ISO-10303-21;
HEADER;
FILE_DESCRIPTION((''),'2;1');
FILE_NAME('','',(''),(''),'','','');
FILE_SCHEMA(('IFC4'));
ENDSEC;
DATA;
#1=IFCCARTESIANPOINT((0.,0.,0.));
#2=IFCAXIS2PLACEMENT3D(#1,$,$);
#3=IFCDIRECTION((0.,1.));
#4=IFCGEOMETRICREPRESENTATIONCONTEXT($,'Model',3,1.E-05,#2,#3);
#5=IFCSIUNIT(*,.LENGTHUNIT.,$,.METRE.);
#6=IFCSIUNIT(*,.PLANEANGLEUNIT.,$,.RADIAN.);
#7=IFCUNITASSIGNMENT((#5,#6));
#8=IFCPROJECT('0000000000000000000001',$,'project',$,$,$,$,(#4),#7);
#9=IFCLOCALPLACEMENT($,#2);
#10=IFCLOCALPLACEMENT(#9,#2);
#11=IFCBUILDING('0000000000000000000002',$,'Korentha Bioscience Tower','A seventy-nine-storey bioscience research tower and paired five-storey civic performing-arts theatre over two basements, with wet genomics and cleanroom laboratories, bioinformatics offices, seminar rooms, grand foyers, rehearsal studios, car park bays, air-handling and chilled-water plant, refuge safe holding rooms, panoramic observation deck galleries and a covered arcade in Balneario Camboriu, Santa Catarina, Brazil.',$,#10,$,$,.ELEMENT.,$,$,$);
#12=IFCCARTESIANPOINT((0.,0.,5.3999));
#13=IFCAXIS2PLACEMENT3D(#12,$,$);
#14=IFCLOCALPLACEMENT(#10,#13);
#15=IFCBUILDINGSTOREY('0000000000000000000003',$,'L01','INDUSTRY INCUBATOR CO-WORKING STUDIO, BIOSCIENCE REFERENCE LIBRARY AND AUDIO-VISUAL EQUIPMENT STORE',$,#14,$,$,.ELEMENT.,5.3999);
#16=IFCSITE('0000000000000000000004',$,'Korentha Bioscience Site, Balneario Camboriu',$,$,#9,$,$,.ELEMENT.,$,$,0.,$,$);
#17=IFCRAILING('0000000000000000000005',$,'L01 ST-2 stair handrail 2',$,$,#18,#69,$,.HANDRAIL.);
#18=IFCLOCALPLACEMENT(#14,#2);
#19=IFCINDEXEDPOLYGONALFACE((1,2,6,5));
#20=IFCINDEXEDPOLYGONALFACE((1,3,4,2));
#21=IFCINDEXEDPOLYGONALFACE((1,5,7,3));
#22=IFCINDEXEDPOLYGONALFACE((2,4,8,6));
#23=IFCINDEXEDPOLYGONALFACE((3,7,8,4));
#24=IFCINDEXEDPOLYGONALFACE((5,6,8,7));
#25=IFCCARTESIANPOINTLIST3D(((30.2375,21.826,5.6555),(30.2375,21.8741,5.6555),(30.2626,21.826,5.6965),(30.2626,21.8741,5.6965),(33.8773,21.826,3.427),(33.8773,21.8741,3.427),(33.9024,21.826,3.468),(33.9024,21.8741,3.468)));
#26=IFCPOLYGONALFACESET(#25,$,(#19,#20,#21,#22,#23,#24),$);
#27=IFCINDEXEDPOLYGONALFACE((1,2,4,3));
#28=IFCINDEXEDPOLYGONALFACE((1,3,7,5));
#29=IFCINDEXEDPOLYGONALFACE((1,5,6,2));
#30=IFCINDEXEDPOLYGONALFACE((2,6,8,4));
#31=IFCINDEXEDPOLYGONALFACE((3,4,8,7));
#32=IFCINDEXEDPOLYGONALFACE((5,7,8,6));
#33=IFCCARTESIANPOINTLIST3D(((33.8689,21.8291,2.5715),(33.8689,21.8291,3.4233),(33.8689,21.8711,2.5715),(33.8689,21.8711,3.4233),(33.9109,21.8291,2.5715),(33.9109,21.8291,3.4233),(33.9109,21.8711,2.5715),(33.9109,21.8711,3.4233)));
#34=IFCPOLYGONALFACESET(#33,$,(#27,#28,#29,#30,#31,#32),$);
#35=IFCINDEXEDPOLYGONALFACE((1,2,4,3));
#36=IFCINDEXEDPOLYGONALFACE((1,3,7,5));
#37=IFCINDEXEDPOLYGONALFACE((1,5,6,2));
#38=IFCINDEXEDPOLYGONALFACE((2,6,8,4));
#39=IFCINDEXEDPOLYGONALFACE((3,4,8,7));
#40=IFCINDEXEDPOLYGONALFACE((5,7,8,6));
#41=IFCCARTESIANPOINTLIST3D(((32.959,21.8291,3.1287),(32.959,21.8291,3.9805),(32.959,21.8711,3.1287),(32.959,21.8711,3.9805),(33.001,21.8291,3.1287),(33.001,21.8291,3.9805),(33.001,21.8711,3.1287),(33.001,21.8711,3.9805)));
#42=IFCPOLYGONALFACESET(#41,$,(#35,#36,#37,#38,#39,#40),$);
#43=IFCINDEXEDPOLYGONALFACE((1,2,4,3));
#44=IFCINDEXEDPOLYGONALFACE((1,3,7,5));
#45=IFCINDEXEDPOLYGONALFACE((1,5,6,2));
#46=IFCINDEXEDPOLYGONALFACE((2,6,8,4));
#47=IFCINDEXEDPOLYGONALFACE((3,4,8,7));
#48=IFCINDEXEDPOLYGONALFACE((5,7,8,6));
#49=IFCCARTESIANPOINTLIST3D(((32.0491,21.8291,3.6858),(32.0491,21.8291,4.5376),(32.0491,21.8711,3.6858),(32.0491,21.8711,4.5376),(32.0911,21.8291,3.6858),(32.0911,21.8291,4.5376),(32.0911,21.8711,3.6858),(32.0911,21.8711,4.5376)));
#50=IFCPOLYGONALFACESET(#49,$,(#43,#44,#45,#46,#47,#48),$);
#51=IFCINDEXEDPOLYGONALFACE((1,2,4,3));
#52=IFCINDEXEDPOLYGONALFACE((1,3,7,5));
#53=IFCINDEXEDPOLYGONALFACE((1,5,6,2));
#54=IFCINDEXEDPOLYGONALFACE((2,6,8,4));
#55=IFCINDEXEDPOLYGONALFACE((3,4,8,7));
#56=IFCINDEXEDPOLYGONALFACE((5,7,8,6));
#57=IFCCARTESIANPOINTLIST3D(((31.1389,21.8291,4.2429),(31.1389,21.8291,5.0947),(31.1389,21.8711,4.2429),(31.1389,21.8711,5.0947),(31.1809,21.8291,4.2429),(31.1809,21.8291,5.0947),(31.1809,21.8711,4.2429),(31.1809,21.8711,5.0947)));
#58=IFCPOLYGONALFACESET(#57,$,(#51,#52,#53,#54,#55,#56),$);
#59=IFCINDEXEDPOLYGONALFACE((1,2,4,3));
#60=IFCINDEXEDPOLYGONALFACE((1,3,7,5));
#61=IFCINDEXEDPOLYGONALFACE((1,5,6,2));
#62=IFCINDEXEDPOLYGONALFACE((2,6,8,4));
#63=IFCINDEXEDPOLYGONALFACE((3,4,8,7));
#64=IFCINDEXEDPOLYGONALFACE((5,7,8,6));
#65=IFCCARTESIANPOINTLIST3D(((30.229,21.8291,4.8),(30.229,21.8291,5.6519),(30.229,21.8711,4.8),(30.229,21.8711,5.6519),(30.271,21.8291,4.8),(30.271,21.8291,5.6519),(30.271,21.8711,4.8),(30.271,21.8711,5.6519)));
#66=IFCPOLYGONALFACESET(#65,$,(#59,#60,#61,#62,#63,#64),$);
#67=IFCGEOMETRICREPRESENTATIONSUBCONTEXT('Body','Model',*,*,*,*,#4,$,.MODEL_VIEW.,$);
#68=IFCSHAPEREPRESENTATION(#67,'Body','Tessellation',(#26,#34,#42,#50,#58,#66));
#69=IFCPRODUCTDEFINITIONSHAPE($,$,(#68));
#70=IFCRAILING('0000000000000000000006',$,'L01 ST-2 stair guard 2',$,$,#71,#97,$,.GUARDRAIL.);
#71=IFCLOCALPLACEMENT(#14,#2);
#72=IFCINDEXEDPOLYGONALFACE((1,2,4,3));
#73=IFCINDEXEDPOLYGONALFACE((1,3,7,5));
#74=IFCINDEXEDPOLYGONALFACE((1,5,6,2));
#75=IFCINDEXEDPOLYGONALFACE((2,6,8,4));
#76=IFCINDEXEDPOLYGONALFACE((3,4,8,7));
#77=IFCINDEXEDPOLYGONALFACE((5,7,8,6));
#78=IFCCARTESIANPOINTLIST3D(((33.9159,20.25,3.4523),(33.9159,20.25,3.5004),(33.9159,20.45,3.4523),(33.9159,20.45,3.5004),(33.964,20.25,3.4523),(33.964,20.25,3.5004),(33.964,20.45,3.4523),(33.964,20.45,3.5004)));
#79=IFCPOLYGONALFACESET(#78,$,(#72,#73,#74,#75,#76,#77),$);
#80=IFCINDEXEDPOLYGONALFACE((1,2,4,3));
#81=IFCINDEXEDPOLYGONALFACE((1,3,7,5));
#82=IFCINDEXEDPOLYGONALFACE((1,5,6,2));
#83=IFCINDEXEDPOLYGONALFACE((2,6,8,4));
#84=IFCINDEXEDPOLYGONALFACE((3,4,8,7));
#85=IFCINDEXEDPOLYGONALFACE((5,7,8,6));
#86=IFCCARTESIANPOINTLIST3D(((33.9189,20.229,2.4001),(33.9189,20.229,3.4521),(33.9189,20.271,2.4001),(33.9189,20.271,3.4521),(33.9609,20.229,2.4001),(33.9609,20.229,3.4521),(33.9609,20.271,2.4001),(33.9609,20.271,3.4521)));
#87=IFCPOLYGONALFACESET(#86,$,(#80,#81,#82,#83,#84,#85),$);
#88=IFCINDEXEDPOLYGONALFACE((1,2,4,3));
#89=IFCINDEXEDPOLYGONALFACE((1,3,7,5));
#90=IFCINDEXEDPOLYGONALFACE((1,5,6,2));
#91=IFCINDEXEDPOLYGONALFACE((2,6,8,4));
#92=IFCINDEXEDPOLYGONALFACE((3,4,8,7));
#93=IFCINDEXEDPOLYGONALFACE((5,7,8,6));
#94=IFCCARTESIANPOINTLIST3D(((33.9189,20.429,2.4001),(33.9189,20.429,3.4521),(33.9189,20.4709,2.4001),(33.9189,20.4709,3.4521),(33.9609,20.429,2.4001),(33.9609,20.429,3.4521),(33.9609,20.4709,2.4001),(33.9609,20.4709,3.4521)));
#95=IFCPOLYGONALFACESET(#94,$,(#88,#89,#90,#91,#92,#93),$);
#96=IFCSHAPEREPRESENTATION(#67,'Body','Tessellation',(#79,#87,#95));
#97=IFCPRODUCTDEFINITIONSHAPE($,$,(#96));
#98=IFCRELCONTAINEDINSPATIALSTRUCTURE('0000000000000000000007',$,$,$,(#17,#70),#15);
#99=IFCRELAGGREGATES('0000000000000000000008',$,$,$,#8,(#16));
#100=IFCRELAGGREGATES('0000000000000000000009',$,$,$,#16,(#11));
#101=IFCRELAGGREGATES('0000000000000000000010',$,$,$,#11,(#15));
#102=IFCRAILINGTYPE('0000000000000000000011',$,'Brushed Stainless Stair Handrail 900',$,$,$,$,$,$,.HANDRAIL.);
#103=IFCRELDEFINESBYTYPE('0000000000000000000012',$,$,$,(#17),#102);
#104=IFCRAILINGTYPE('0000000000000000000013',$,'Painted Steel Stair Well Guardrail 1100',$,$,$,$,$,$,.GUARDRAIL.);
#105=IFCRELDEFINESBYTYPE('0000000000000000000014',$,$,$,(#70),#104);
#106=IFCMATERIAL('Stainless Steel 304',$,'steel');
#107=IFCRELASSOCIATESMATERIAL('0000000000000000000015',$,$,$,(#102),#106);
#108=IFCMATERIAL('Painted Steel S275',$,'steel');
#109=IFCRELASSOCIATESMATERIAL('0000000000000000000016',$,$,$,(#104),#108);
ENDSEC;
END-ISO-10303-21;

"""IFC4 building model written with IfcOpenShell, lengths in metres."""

from ifc_helpers import new_model, si_unit, direction, frame, origin, origin_2d, place, context, subcontext, project, spatial, rectangle, extrude, material, type_object, element, save


model = new_model("IFC4")

# Units and contexts
model_context = context("Model", 3, precision=1e-05, world=origin(), true_north=direction((0.0, 1.0)))
body_context = subcontext(model_context, "Body", "Model", "MODEL_VIEW")
ifc_project = project(units=[si_unit("LENGTHUNIT", "METRE"), si_unit("PLANEANGLEUNIT", "RADIAN")], contexts=[model_context])

# Site, building, storey
site_placement = place(None, origin())
site = spatial("IfcSite", under=ifc_project, at=site_placement, Name="Korentha Bioscience Site, Balneario Camboriu", CompositionType="ELEMENT", RefElevation=0.0)
building_placement = place(site_placement, origin())
building = spatial("IfcBuilding", under=site, at=building_placement, Name="Korentha Bioscience Tower", Description="A seventy-nine-storey bioscience research tower and paired five-storey civic performing-arts theatre over two basements, with wet genomics and cleanroom laboratories, bioinformatics offices, seminar rooms, grand foyers, rehearsal studios, car park bays, air-handling and chilled-water plant, refuge safe holding rooms, panoramic observation deck galleries and a covered arcade in Balneario Camboriu, Santa Catarina, Brazil.", CompositionType="ELEMENT")
storey_placement = place(building_placement, frame((0.0, 0.0, 5.3999)))
storey = spatial("IfcBuildingStorey", under=building, at=storey_placement, Name="L01", Description="INDUSTRY INCUBATOR CO-WORKING STUDIO, BIOSCIENCE REFERENCE LIBRARY AND AUDIO-VISUAL EQUIPMENT STORE", CompositionType="ELEMENT", Elevation=5.3999)

# Railings
ifc_material_1 = material(Name="Stainless Steel 304", Category="steel")
railing_type_1 = type_object("IfcRailingType", Name="Brushed Stainless Stair Handrail 900", PredefinedType="HANDRAIL", material=ifc_material_1)
railing_1_placement = place(storey_placement, frame((33.8899, 21.8501, 2.5715)))
element("IfcRailing", 1, at=railing_1_placement, inside=storey, type_object=railing_type_1, Name="L01 ST-2 stair handrail 2", PredefinedType="HANDRAIL", context=body_context, shape_type="SweptSolid", body=[
    extrude(rectangle(XDim=0.0481, YDim=0.0481, at=origin_2d()), frame((0.0, 0.0, 0.876), z_axis=(-0.85285, 0.0, 0.522156), x_axis=(0.0, -1.0, 0.0)), (0.0, 0.0, 1.0), 4.2678),
    extrude(rectangle(XDim=0.042, YDim=0.042, at=origin_2d()), origin(), (0.0, 0.0, 1.0), 0.8518),
    extrude(rectangle(XDim=0.042, YDim=0.042, at=origin_2d()), frame((-0.9099, 0.0, 0.5571)), (0.0, 0.0, 1.0), 0.8518),
    extrude(rectangle(XDim=0.042, YDim=0.042, at=origin_2d()), frame((-1.8198, 0.0, 1.1143)), (0.0, 0.0, 1.0), 0.8518),
    extrude(rectangle(XDim=0.042, YDim=0.042, at=origin_2d()), frame((-2.73, 0.0, 1.6714)), (0.0, 0.0, 1.0), 0.8518),
    extrude(rectangle(XDim=0.042, YDim=0.042, at=origin_2d()), frame((-3.6399, 0.0, 2.2285)), (0.0, 0.0, 1.0), 0.8518),
])
ifc_material_2 = material(Name="Painted Steel S275", Category="steel")
railing_type_2 = type_object("IfcRailingType", Name="Painted Steel Stair Well Guardrail 1100", PredefinedType="GUARDRAIL", material=ifc_material_2)
railing_2_placement = place(storey_placement, frame((33.9399, 20.25, 2.4001)))
element("IfcRailing", 2, at=railing_2_placement, inside=storey, type_object=railing_type_2, Name="L01 ST-2 stair guard 2", PredefinedType="GUARDRAIL", context=body_context, shape_type="SweptSolid", body=[
    extrude(rectangle(XDim=0.0481, YDim=0.0481, at=origin_2d()), frame((0.0, 0.0, 1.0762), z_axis=(0.0, 1.0, 0.0), x_axis=(-1.0, 0.0, 0.0)), (0.0, 0.0, 1.0), 0.2),
    extrude(rectangle(XDim=0.042, YDim=0.042, at=origin_2d()), origin(), (0.0, 0.0, 1.0), 1.052),
    extrude(rectangle(XDim=0.042, YDim=0.042, at=origin_2d()), frame((0.0, 0.2, 0.0)), (0.0, 0.0, 1.0), 1.052),
])

save(model, "model.ifc")
